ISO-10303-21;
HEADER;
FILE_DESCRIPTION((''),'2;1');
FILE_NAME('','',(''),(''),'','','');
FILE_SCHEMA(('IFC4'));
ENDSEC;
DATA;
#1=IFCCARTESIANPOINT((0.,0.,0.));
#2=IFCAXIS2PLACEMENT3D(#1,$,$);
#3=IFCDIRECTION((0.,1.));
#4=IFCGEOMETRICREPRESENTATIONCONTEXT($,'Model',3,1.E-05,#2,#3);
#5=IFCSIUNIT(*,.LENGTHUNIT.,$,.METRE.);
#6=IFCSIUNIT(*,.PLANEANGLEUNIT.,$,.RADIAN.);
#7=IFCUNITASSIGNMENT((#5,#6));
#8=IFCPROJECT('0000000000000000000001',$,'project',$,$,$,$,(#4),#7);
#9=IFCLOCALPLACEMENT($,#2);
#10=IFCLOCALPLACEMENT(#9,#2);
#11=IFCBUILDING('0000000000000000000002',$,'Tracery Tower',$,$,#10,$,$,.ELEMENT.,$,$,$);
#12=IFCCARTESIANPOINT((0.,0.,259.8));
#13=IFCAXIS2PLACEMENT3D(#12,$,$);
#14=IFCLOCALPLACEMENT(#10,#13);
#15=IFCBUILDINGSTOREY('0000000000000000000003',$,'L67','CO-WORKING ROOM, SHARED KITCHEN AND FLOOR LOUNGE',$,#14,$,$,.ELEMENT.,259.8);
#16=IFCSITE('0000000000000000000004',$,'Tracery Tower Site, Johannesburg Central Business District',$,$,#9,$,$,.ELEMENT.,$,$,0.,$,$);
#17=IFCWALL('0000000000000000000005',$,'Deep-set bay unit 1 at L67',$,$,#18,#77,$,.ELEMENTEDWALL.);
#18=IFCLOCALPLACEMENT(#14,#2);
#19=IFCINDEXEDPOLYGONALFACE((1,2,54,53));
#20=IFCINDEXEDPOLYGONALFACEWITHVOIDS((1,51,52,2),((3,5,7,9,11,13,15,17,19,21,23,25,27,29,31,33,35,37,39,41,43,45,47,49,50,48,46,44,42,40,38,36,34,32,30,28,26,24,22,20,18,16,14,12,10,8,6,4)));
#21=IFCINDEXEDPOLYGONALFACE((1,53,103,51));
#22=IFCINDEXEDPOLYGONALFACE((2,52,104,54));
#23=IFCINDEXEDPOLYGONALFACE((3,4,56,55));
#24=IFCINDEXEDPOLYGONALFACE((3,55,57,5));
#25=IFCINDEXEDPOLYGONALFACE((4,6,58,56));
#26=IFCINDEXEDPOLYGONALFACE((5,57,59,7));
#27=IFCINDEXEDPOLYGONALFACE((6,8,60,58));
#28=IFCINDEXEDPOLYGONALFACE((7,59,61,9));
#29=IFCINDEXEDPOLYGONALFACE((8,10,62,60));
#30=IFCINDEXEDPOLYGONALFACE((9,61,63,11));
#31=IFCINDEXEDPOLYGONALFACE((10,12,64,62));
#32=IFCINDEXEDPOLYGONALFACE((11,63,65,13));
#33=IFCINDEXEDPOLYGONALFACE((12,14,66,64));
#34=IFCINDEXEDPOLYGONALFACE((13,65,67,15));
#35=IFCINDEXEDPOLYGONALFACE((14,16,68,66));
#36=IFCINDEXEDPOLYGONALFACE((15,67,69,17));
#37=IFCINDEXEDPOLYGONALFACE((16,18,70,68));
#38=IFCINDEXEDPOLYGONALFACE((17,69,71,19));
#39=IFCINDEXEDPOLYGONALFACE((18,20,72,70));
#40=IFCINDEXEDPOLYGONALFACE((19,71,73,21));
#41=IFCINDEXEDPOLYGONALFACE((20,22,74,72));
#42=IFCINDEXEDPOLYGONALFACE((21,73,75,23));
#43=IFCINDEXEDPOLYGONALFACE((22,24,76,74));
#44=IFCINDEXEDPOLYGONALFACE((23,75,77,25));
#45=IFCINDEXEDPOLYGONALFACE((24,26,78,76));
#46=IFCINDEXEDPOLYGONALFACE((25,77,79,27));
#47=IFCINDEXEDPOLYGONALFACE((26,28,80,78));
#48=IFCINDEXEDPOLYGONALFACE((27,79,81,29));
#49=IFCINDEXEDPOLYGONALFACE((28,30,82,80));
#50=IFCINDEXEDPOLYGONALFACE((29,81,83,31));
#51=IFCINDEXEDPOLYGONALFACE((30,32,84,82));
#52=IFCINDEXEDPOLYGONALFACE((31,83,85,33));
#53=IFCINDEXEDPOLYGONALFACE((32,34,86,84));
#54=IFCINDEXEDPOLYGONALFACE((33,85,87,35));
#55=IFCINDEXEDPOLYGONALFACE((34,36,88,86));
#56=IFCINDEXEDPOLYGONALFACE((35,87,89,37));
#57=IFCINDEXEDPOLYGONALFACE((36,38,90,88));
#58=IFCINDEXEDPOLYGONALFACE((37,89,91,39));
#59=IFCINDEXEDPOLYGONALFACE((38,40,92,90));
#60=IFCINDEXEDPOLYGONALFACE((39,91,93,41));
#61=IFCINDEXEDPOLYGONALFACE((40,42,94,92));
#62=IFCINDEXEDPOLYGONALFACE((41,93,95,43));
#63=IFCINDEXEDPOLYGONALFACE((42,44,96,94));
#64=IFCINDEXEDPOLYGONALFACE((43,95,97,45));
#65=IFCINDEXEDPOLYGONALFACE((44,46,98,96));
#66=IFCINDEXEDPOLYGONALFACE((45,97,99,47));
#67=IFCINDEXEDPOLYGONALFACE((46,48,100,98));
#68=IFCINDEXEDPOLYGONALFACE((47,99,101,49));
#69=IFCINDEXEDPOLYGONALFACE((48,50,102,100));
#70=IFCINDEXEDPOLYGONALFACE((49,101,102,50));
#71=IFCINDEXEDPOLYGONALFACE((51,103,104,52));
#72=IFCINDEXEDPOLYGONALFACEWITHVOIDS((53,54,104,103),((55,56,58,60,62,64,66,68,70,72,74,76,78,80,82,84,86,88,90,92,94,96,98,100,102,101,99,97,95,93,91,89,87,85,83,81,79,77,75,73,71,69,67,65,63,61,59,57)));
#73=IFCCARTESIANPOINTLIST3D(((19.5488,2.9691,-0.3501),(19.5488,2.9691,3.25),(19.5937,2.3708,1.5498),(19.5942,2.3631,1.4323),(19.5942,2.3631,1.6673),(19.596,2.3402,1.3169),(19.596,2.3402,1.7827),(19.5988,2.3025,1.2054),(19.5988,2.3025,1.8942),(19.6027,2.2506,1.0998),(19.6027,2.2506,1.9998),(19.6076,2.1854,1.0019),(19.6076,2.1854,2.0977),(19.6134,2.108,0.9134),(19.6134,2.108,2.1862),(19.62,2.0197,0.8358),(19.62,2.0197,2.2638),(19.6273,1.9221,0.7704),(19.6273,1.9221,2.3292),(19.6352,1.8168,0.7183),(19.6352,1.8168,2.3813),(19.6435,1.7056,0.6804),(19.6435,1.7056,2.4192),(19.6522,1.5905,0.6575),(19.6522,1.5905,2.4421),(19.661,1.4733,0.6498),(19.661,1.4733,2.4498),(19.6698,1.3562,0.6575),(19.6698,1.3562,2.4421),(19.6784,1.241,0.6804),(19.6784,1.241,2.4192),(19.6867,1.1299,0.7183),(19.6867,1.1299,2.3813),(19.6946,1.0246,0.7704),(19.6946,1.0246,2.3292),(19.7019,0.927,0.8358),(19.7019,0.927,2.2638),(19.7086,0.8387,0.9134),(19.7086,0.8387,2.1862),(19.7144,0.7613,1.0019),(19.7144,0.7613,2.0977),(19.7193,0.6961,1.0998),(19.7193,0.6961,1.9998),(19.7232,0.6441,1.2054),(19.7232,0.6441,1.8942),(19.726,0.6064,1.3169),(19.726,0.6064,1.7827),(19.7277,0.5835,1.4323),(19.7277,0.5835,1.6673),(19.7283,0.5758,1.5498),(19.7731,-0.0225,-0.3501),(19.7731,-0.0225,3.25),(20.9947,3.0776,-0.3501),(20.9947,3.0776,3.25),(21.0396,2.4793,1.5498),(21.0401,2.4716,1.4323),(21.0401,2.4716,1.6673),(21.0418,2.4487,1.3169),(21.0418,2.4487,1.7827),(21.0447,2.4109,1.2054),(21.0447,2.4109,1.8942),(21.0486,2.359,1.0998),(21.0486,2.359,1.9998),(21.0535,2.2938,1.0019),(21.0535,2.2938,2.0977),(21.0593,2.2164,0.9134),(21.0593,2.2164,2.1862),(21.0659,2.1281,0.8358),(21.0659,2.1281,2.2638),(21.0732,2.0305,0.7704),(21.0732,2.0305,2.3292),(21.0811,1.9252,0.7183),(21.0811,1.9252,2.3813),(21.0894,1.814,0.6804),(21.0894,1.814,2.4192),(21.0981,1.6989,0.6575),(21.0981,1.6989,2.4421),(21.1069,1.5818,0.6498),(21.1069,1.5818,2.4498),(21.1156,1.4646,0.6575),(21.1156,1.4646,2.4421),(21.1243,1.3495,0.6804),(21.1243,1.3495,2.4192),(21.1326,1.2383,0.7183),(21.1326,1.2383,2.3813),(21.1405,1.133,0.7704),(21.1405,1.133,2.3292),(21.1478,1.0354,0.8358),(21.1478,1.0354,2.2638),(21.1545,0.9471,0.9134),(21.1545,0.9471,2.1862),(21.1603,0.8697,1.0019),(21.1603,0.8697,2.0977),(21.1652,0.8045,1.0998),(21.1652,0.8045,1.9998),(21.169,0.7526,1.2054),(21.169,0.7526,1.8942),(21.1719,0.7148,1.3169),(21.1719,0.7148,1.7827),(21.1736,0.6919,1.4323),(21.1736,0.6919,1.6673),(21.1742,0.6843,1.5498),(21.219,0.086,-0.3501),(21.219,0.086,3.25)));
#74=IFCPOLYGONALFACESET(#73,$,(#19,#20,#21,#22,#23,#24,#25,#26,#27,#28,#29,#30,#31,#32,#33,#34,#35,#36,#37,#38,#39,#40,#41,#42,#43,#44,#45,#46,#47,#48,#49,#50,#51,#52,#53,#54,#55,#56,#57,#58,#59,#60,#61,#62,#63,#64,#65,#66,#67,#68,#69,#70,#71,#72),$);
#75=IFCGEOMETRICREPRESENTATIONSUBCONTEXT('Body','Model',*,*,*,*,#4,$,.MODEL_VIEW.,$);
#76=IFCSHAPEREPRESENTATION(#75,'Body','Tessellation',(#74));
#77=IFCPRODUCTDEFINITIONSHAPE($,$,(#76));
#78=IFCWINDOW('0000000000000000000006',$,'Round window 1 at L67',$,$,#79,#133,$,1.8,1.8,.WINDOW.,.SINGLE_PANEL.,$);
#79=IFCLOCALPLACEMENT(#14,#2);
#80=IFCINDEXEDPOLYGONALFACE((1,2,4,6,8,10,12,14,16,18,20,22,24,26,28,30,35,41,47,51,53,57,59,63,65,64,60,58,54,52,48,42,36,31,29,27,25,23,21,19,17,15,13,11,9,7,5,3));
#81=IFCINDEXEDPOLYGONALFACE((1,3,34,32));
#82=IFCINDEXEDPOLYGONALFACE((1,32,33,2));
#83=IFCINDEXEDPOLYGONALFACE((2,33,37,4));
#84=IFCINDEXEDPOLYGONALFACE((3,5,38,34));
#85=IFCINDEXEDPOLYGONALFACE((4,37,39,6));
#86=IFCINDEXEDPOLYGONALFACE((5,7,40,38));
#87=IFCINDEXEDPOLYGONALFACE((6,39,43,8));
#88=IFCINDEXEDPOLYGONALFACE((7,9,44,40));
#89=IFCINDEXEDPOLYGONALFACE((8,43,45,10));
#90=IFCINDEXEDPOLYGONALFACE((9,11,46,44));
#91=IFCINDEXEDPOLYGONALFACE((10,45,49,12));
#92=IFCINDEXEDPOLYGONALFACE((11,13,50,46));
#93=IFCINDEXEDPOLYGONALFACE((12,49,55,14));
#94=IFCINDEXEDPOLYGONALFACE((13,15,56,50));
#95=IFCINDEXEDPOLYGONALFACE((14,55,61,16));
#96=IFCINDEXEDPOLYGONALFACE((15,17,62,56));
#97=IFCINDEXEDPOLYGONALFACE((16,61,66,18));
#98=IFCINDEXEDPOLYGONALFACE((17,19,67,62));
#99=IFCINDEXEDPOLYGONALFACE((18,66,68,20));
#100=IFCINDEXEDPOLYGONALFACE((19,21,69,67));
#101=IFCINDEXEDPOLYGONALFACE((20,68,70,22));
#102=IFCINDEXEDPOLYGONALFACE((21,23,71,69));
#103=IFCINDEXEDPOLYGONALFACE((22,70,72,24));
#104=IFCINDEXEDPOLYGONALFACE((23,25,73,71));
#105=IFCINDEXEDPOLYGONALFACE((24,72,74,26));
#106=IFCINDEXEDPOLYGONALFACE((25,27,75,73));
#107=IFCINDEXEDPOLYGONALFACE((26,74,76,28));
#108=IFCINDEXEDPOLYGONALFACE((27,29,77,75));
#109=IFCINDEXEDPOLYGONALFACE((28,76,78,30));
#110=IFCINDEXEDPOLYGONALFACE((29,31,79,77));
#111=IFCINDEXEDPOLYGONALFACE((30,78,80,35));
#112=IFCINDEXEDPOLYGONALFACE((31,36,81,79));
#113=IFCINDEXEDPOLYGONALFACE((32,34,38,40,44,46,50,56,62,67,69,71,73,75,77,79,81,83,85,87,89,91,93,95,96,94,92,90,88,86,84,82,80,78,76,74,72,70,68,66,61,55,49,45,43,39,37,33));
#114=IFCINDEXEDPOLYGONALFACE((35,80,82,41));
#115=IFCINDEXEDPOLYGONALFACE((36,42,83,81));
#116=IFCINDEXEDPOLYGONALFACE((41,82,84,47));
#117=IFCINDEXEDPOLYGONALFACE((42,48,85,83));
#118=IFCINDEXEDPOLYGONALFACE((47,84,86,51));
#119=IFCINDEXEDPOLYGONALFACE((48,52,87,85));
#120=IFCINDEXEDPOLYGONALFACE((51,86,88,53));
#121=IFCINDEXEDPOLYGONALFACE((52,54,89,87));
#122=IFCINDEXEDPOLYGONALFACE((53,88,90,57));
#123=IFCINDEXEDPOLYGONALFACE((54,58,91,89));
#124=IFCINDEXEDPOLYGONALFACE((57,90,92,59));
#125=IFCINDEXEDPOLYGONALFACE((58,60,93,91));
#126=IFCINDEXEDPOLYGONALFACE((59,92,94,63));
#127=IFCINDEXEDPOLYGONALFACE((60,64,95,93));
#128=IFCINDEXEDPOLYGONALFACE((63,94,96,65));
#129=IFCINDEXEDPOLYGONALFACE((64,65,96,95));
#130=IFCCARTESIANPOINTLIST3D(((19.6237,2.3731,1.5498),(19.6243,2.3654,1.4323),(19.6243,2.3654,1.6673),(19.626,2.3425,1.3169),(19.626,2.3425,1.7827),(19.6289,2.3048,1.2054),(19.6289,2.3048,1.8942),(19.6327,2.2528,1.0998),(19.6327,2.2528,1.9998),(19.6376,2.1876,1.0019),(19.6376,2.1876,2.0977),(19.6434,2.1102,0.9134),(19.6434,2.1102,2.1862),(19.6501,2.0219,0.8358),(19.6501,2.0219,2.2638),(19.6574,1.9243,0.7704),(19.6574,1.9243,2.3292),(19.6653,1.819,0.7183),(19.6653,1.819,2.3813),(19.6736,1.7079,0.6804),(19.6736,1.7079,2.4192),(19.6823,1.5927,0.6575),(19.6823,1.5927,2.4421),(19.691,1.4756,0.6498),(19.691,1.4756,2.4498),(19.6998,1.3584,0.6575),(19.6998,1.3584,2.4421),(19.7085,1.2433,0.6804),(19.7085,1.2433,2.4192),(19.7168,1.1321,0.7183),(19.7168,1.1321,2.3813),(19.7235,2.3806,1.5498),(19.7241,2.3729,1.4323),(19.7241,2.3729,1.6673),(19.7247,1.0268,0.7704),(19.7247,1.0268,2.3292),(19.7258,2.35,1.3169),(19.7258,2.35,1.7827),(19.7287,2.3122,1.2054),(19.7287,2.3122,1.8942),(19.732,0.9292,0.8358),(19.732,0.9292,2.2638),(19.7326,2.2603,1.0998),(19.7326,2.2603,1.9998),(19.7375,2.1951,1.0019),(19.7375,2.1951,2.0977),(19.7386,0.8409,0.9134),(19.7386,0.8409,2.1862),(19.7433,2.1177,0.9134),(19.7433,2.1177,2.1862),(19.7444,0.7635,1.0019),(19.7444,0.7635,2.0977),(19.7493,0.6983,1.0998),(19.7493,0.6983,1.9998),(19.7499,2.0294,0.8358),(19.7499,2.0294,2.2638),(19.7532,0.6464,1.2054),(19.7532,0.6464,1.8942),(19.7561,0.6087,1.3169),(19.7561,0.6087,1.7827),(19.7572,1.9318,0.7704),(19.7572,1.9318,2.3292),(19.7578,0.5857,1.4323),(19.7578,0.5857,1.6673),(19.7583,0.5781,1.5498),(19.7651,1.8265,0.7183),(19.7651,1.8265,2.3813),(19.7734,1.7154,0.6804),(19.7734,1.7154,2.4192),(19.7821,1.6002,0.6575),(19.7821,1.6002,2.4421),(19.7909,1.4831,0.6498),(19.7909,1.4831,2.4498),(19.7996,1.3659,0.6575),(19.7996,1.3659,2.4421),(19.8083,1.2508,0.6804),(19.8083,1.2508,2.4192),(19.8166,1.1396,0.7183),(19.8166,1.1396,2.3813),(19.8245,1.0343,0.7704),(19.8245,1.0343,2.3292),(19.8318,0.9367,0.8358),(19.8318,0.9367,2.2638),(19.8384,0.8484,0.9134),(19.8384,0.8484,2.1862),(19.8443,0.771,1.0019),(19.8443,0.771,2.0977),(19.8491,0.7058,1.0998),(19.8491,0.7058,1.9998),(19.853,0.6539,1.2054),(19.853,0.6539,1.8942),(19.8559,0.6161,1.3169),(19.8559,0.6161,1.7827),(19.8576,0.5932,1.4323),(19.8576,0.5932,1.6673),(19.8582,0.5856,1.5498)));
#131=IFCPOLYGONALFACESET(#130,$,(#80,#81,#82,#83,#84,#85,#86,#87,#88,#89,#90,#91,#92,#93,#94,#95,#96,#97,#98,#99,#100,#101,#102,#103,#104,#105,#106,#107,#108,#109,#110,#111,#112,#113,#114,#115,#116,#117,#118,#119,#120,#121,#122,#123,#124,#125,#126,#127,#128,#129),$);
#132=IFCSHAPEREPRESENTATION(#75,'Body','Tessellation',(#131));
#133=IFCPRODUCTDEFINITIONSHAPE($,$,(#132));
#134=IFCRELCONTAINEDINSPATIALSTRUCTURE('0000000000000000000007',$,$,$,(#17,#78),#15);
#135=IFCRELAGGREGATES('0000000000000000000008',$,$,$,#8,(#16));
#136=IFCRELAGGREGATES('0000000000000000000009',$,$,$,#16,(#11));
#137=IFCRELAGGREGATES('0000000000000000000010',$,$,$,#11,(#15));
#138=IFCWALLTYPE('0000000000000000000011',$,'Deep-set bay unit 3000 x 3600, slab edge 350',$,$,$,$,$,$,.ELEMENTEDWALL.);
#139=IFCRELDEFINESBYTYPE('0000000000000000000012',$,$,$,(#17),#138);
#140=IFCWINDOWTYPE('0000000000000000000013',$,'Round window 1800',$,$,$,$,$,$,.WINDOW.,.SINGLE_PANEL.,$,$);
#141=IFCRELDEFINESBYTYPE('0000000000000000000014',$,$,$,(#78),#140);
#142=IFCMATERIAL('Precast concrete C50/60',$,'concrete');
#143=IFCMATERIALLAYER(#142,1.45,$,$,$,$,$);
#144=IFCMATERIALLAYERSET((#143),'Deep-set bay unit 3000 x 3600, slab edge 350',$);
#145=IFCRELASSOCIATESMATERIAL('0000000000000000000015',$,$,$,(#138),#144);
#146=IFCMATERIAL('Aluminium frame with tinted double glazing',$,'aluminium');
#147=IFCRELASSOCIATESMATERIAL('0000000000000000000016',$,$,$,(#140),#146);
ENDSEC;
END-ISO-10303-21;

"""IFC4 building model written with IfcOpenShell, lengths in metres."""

from ifc_helpers import new_model, si_unit, direction, frame, frame_2d, origin, origin_2d, place, context, subcontext, project, spatial, rectangle, circle, extrude, material, layer, layer_set, type_object, element, fill, save


model = new_model("IFC4")

# Units and contexts
model_context = context("Model", 3, precision=1e-05, world=origin(), true_north=direction((0.0, 1.0)))
body_context = subcontext(model_context, "Body", "Model", "MODEL_VIEW")
ifc_project = project(units=[si_unit("LENGTHUNIT", "METRE"), si_unit("PLANEANGLEUNIT", "RADIAN")], contexts=[model_context])

# Site, building, storey
site_placement = place(None, origin())
site = spatial("IfcSite", under=ifc_project, at=site_placement, Name="Tracery Tower Site, Johannesburg Central Business District", CompositionType="ELEMENT", RefElevation=0.0)
building_placement = place(site_placement, origin())
building = spatial("IfcBuilding", under=site, at=building_placement, Name="Tracery Tower", CompositionType="ELEMENT")
storey_placement = place(building_placement, frame((0.0, 0.0, 259.8)))
storey = spatial("IfcBuildingStorey", under=building, at=storey_placement, Name="L67", Description="CO-WORKING ROOM, SHARED KITCHEN AND FLOOR LOUNGE", CompositionType="ELEMENT", Elevation=259.8)

# Wall, opening, window
ifc_material_1 = material(Name="Precast concrete C50/60", Category="concrete")
ifc_layer_1 = layer(ifc_material_1, 1.45)
ifc_layer_set_1 = layer_set([ifc_layer_1], Name="Deep-set bay unit 3000 x 3600, slab edge 350")
wall_type_1 = type_object("IfcWallType", Name="Deep-set bay unit 3000 x 3600, slab edge 350", PredefinedType="ELEMENTEDWALL", material=ifc_layer_set_1)
wall_1_placement = place(storey_placement, frame((20.4961, 0.0317, -0.3501), z_axis=(0.0, 0.0, 1.0), x_axis=(-0.074786, 0.9972, 0.0)))
wall_1 = element("IfcWall", 1, at=wall_1_placement, inside=storey, type_object=wall_type_1, Name="Deep-set bay unit 1 at L67", PredefinedType="ELEMENTEDWALL", context=body_context, shape_type="SweptSolid", body=[
    extrude(rectangle(XDim=3.0, YDim=1.45, at=frame_2d((1.5, 0.0))), origin(), (0.0, 0.0, 1.0), 3.6001),
])
opening_1_placement = place(wall_1_placement, frame((1.5, 0.0, 1.8999)))
opening_1 = element("IfcOpeningElement", 2, at=opening_1_placement, cuts=wall_1, PredefinedType="OPENING", context=body_context, shape_type="SweptSolid", body=[
    extrude(circle(Radius=0.9, at=origin_2d()), frame((0.0, 0.7349, 0.0), z_axis=(0.0, -1.0, 0.0), x_axis=(1.0, 0.0, 0.0)), (0.0, 0.0, 1.0), 1.47),
])
ifc_material_2 = material(Name="Aluminium frame with tinted double glazing", Category="aluminium")
window_type = type_object("IfcWindowType", Name="Round window 1800", PartitioningType="SINGLE_PANEL", PredefinedType="WINDOW", material=ifc_material_2)
window_1_placement = place(opening_1_placement, origin())
window_1 = element("IfcWindow", 3, at=window_1_placement, inside=storey, type_object=window_type, Name="Round window 1 at L67", OverallHeight=1.8, OverallWidth=1.8, PartitioningType="SINGLE_PANEL", PredefinedType="WINDOW", context=body_context, shape_type="SweptSolid", body=[
    extrude(circle(Radius=0.9, at=origin_2d()), frame((0.0, 0.6948, 0.0), z_axis=(0.0, -1.0, 0.0), x_axis=(1.0, 0.0, 0.0)), (0.0, 0.0, 1.0), 0.1001),
])
fill(opening_1, window_1)

save(model, "model.ifc")
